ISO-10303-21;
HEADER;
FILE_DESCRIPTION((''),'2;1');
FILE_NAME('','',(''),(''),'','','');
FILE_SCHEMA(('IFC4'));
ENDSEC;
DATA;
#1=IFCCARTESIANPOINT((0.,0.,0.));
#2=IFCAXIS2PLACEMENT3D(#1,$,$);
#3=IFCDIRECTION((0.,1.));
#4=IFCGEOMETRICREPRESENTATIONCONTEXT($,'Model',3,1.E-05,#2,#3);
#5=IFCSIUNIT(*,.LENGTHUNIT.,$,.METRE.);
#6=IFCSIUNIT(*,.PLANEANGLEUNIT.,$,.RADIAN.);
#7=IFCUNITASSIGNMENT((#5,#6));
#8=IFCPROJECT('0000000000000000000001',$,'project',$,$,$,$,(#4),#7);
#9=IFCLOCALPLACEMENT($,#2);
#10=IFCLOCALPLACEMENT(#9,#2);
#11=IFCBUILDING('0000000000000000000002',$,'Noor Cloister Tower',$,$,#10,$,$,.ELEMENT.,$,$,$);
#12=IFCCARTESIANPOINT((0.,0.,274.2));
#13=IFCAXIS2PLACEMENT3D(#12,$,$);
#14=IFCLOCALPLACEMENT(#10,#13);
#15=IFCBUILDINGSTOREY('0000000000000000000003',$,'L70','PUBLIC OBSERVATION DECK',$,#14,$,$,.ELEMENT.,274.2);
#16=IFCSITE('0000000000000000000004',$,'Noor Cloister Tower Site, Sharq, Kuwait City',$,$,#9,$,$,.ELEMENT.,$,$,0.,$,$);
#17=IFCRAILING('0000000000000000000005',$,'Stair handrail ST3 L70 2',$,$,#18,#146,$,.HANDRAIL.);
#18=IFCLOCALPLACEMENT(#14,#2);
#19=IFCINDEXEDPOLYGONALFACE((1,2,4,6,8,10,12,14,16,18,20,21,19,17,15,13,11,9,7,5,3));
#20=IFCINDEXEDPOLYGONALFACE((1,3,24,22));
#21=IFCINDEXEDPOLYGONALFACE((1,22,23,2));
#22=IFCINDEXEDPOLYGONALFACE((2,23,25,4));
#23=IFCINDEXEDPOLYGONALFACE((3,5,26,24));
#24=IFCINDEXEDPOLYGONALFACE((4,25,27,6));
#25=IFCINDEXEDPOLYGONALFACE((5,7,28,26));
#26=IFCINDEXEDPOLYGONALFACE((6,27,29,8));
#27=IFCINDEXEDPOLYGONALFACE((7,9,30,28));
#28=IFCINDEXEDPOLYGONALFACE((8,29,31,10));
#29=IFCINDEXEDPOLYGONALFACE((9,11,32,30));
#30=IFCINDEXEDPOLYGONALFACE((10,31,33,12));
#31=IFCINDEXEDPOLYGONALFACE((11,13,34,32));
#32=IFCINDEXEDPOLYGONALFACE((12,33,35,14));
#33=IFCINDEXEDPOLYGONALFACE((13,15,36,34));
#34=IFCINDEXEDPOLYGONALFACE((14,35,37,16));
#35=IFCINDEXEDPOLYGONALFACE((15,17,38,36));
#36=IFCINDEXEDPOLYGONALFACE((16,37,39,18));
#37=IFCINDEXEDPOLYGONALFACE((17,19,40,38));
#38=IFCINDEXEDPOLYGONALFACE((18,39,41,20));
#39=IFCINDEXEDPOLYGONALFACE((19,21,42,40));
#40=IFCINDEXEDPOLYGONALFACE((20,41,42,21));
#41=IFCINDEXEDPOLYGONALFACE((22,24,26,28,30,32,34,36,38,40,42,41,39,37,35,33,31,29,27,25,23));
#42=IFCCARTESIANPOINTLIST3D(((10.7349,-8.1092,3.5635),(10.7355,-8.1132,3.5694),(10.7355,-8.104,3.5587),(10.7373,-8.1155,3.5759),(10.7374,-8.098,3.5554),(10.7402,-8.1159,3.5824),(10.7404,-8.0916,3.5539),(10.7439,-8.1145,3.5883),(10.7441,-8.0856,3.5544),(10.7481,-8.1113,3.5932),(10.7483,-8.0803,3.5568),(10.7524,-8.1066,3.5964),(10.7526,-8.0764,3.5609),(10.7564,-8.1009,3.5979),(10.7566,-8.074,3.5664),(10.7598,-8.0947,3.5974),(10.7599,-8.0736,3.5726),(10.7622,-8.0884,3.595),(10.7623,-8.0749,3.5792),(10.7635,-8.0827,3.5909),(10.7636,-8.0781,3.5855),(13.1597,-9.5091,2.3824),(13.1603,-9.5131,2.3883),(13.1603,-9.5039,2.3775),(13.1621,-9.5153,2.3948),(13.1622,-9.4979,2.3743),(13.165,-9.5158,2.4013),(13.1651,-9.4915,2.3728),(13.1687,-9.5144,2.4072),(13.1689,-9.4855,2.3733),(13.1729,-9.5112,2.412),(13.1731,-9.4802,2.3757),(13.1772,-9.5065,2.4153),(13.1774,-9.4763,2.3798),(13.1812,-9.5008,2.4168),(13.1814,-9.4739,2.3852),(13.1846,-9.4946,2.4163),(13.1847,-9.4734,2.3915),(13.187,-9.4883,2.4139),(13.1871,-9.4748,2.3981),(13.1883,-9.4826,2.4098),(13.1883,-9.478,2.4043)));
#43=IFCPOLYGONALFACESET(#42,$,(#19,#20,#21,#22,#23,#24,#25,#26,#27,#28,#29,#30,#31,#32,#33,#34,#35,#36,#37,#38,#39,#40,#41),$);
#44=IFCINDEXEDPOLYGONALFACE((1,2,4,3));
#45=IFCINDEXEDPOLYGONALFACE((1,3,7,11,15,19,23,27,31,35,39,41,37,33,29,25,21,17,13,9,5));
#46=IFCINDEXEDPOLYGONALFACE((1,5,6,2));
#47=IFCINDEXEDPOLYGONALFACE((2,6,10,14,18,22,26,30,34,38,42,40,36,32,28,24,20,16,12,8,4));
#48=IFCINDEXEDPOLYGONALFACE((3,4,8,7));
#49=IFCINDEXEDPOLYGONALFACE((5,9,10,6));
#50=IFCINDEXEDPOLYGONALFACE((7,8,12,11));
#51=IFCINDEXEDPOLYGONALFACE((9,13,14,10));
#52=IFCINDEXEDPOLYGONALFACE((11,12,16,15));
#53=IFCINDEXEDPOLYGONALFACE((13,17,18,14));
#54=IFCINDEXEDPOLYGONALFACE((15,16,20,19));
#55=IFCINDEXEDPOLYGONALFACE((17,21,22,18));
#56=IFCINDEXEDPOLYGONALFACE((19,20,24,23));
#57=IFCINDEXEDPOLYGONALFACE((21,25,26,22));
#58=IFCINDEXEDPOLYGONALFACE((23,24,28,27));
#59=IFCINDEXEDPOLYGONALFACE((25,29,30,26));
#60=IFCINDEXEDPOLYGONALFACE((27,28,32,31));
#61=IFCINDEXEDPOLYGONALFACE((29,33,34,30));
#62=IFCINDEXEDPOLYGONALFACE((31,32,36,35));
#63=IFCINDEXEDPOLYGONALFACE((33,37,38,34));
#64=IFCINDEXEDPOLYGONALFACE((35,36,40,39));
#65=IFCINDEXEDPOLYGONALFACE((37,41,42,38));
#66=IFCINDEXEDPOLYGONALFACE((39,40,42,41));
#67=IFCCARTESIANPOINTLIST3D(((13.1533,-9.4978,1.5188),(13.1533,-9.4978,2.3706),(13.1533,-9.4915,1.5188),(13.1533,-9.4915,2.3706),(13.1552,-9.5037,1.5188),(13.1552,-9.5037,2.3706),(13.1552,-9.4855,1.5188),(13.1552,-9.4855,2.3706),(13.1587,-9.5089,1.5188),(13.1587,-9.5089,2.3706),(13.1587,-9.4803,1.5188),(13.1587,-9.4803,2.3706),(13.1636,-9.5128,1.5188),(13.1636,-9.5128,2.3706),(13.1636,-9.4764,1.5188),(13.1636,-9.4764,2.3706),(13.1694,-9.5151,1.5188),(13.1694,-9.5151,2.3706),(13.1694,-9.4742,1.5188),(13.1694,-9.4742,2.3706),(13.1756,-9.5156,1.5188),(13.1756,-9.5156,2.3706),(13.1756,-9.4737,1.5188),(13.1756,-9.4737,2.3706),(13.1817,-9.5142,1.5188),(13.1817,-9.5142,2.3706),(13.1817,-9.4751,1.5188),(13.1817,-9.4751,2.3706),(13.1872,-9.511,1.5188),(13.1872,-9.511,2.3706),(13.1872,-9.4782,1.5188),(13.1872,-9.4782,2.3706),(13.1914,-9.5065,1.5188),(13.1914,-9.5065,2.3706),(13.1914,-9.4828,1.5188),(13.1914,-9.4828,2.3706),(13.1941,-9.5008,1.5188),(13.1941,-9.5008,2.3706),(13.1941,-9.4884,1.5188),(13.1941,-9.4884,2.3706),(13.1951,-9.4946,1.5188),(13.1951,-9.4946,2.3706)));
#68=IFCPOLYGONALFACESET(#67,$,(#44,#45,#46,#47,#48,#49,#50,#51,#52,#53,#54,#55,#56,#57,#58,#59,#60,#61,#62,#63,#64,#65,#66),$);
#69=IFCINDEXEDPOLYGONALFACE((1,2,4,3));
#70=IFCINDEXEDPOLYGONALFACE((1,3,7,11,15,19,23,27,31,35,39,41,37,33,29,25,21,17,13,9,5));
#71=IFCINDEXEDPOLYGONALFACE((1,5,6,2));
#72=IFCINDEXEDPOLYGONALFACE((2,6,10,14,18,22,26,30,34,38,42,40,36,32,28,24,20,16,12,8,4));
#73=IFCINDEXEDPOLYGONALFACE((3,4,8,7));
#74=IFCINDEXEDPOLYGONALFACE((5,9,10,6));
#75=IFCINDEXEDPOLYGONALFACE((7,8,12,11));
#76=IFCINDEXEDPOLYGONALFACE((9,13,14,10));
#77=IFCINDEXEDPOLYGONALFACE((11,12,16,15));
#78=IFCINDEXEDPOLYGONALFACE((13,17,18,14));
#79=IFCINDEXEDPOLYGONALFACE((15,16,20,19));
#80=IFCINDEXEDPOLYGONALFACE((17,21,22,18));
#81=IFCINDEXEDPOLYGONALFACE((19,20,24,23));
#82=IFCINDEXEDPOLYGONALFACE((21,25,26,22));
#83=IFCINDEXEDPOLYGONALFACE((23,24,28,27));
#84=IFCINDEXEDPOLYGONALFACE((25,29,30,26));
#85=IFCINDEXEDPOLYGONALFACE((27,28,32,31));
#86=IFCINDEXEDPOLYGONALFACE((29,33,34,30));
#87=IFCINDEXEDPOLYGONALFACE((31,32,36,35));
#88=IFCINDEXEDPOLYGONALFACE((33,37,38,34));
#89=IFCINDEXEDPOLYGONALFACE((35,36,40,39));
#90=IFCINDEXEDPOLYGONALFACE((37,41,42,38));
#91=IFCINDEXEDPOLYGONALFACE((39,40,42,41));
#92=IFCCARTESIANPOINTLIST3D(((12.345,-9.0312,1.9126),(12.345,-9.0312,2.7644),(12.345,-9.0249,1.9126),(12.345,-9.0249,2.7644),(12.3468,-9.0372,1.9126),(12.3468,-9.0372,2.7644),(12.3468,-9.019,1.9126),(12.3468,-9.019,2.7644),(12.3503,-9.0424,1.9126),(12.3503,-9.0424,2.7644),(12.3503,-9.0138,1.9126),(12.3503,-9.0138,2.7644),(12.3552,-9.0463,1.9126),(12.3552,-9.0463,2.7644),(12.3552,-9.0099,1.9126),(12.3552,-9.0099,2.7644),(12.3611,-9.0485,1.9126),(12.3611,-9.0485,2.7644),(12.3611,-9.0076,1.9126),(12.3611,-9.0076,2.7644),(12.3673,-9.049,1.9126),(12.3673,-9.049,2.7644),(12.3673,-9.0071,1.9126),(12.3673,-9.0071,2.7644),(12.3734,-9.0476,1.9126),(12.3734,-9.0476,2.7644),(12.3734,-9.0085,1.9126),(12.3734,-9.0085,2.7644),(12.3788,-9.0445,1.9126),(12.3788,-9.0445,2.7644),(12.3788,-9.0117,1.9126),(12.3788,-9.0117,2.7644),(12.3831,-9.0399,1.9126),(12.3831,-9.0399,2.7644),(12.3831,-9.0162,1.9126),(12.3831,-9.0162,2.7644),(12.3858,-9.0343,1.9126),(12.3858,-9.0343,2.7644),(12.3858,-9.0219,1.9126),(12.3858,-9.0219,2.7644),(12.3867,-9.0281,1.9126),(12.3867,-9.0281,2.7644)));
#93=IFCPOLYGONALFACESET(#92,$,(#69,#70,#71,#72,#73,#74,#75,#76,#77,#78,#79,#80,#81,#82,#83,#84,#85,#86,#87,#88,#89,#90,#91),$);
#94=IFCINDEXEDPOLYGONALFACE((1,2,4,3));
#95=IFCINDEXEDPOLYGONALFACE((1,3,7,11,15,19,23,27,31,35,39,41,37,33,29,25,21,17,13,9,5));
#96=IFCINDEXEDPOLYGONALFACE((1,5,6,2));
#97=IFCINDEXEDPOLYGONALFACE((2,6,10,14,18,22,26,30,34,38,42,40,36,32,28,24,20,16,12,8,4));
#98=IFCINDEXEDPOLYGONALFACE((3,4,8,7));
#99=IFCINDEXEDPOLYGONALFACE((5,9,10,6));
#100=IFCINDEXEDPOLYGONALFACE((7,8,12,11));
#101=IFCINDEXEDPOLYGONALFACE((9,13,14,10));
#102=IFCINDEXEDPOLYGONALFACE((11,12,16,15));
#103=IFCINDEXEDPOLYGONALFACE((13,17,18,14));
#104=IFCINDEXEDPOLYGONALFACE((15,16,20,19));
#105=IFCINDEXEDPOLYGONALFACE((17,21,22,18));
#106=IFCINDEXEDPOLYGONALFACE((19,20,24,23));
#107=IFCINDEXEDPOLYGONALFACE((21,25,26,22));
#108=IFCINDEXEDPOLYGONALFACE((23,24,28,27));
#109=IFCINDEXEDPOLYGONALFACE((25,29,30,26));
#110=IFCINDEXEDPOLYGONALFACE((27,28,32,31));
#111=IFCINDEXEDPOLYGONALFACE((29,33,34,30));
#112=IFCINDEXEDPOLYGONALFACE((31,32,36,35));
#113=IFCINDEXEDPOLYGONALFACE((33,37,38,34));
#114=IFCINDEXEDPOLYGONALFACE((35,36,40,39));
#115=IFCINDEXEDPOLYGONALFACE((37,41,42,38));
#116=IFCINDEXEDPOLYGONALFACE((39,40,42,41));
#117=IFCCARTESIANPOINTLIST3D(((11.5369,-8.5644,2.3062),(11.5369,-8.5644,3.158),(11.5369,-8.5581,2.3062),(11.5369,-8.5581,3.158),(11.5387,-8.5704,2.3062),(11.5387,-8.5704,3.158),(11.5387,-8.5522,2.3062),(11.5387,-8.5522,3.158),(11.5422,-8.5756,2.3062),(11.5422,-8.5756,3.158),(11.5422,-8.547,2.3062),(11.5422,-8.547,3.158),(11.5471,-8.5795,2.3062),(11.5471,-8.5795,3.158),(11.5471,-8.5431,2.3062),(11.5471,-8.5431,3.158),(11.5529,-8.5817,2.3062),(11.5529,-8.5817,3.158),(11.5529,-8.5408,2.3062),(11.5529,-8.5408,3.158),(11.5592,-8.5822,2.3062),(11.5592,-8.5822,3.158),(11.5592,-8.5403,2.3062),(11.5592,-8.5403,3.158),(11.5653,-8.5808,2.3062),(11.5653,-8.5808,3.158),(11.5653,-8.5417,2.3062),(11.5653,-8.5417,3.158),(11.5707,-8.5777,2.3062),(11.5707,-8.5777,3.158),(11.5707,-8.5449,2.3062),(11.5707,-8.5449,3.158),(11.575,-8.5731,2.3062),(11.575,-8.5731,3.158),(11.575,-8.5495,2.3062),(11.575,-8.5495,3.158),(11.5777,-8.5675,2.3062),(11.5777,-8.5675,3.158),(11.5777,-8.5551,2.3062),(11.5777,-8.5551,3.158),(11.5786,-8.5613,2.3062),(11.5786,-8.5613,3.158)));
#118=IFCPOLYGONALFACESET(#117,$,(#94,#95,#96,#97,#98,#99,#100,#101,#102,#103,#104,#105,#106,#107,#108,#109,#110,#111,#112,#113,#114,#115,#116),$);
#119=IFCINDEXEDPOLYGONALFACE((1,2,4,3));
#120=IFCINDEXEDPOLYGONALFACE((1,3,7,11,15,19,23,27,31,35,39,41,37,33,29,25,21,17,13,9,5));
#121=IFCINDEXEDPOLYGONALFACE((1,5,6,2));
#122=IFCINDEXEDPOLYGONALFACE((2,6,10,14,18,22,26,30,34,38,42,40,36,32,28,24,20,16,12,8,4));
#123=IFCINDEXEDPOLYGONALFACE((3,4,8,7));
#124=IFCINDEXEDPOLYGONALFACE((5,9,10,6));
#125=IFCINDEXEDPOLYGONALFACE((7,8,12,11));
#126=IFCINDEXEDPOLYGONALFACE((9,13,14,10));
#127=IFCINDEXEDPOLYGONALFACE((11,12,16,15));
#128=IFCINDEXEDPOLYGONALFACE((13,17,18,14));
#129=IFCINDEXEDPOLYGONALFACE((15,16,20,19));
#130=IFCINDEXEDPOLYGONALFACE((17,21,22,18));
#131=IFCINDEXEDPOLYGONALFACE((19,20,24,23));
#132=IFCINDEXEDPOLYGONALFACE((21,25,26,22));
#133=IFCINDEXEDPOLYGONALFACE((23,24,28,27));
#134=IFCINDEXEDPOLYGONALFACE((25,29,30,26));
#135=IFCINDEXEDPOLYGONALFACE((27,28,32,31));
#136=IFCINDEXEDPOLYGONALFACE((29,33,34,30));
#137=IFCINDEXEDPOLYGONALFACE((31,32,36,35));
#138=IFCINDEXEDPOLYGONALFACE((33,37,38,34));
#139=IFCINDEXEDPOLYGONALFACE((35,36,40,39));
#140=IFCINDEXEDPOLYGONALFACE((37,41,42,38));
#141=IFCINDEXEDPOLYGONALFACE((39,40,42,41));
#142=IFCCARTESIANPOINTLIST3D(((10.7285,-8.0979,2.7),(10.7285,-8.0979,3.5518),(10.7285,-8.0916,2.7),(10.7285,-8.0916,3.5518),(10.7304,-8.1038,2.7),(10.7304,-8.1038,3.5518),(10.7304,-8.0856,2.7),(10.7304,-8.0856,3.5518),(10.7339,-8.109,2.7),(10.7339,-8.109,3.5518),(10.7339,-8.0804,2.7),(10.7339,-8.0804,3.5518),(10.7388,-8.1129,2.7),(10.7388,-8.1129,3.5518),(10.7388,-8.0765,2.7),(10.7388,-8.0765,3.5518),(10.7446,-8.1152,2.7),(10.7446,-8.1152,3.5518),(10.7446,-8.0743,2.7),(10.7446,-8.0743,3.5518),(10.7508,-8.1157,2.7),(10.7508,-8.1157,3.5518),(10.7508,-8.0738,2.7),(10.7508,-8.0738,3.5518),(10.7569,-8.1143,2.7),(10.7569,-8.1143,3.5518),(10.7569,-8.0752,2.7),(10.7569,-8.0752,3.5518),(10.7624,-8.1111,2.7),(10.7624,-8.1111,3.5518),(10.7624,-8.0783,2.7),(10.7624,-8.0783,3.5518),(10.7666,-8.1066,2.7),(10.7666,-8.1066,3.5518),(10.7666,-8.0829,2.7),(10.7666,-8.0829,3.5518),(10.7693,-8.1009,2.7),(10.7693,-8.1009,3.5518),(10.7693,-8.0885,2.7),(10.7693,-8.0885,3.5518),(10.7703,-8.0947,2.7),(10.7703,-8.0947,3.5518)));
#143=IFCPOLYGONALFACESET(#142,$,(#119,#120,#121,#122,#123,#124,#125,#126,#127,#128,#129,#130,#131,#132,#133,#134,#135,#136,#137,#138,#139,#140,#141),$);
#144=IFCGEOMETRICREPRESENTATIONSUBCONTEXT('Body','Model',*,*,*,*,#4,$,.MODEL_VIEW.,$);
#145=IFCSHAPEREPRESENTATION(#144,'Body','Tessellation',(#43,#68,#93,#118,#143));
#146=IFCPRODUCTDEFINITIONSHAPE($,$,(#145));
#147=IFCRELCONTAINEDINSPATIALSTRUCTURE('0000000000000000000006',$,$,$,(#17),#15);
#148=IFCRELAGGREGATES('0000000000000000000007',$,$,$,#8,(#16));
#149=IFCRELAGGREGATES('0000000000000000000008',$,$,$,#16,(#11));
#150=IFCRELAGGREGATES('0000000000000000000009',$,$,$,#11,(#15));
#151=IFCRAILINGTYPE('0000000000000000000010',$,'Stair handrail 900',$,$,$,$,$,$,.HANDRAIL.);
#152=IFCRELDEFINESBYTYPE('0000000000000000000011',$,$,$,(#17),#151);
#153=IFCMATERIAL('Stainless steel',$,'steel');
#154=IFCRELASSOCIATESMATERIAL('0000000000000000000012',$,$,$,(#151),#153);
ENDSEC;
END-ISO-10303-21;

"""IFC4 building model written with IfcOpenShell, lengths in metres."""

from ifc_helpers import new_model, si_unit, direction, frame, origin, origin_2d, place, context, subcontext, project, spatial, circle, extrude, material, type_object, element, save


model = new_model("IFC4")

# Units and contexts
model_context = context("Model", 3, precision=1e-05, world=origin(), true_north=direction((0.0, 1.0)))
body_context = subcontext(model_context, "Body", "Model", "MODEL_VIEW")
ifc_project = project(units=[si_unit("LENGTHUNIT", "METRE"), si_unit("PLANEANGLEUNIT", "RADIAN")], contexts=[model_context])

# Site, building, storey
site_placement = place(None, origin())
site = spatial("IfcSite", under=ifc_project, at=site_placement, Name="Noor Cloister Tower Site, Sharq, Kuwait City", CompositionType="ELEMENT", RefElevation=0.0)
building_placement = place(site_placement, origin())
building = spatial("IfcBuilding", under=site, at=building_placement, Name="Noor Cloister Tower", CompositionType="ELEMENT")
storey_placement = place(building_placement, frame((0.0, 0.0, 274.2)))
storey = spatial("IfcBuildingStorey", under=building, at=storey_placement, Name="L70", Description="PUBLIC OBSERVATION DECK", CompositionType="ELEMENT", Elevation=274.2)

# Railing
ifc_material_1 = material(Name="Stainless steel", Category="steel")
railing_type_1 = type_object("IfcRailingType", Name="Stair handrail 900", PredefinedType="HANDRAIL", material=ifc_material_1)
railing_1_placement = place(storey_placement, frame((13.1741, -9.4946, 1.5188)))
element("IfcRailing", 1, at=railing_1_placement, inside=storey, type_object=railing_type_1, Name="Stair handrail ST3 L70 2", PredefinedType="HANDRAIL", context=body_context, shape_type="SweptSolid", body=[
    extrude(circle(Radius=0.0239, at=origin_2d()), frame((0.0, 0.0, 0.876), z_axis=(-0.797939, 0.460671, 0.388686), x_axis=(-0.499984, -0.866035, 0.0)), (0.0, 0.0, 1.0), 3.0388),
    extrude(circle(Radius=0.021, at=origin_2d()), origin(), (0.0, 0.0, 1.0), 0.8518),
    extrude(circle(Radius=0.021, at=origin_2d()), frame((-0.8083, 0.4666, 0.3938)), (0.0, 0.0, 1.0), 0.8518),
    extrude(circle(Radius=0.021, at=origin_2d()), frame((-1.6165, 0.9333, 0.7874)), (0.0, 0.0, 1.0), 0.8518),
    extrude(circle(Radius=0.021, at=origin_2d()), frame((-2.4248, 1.3999, 1.1812)), (0.0, 0.0, 1.0), 0.8518),
])

save(model, "model.ifc")
